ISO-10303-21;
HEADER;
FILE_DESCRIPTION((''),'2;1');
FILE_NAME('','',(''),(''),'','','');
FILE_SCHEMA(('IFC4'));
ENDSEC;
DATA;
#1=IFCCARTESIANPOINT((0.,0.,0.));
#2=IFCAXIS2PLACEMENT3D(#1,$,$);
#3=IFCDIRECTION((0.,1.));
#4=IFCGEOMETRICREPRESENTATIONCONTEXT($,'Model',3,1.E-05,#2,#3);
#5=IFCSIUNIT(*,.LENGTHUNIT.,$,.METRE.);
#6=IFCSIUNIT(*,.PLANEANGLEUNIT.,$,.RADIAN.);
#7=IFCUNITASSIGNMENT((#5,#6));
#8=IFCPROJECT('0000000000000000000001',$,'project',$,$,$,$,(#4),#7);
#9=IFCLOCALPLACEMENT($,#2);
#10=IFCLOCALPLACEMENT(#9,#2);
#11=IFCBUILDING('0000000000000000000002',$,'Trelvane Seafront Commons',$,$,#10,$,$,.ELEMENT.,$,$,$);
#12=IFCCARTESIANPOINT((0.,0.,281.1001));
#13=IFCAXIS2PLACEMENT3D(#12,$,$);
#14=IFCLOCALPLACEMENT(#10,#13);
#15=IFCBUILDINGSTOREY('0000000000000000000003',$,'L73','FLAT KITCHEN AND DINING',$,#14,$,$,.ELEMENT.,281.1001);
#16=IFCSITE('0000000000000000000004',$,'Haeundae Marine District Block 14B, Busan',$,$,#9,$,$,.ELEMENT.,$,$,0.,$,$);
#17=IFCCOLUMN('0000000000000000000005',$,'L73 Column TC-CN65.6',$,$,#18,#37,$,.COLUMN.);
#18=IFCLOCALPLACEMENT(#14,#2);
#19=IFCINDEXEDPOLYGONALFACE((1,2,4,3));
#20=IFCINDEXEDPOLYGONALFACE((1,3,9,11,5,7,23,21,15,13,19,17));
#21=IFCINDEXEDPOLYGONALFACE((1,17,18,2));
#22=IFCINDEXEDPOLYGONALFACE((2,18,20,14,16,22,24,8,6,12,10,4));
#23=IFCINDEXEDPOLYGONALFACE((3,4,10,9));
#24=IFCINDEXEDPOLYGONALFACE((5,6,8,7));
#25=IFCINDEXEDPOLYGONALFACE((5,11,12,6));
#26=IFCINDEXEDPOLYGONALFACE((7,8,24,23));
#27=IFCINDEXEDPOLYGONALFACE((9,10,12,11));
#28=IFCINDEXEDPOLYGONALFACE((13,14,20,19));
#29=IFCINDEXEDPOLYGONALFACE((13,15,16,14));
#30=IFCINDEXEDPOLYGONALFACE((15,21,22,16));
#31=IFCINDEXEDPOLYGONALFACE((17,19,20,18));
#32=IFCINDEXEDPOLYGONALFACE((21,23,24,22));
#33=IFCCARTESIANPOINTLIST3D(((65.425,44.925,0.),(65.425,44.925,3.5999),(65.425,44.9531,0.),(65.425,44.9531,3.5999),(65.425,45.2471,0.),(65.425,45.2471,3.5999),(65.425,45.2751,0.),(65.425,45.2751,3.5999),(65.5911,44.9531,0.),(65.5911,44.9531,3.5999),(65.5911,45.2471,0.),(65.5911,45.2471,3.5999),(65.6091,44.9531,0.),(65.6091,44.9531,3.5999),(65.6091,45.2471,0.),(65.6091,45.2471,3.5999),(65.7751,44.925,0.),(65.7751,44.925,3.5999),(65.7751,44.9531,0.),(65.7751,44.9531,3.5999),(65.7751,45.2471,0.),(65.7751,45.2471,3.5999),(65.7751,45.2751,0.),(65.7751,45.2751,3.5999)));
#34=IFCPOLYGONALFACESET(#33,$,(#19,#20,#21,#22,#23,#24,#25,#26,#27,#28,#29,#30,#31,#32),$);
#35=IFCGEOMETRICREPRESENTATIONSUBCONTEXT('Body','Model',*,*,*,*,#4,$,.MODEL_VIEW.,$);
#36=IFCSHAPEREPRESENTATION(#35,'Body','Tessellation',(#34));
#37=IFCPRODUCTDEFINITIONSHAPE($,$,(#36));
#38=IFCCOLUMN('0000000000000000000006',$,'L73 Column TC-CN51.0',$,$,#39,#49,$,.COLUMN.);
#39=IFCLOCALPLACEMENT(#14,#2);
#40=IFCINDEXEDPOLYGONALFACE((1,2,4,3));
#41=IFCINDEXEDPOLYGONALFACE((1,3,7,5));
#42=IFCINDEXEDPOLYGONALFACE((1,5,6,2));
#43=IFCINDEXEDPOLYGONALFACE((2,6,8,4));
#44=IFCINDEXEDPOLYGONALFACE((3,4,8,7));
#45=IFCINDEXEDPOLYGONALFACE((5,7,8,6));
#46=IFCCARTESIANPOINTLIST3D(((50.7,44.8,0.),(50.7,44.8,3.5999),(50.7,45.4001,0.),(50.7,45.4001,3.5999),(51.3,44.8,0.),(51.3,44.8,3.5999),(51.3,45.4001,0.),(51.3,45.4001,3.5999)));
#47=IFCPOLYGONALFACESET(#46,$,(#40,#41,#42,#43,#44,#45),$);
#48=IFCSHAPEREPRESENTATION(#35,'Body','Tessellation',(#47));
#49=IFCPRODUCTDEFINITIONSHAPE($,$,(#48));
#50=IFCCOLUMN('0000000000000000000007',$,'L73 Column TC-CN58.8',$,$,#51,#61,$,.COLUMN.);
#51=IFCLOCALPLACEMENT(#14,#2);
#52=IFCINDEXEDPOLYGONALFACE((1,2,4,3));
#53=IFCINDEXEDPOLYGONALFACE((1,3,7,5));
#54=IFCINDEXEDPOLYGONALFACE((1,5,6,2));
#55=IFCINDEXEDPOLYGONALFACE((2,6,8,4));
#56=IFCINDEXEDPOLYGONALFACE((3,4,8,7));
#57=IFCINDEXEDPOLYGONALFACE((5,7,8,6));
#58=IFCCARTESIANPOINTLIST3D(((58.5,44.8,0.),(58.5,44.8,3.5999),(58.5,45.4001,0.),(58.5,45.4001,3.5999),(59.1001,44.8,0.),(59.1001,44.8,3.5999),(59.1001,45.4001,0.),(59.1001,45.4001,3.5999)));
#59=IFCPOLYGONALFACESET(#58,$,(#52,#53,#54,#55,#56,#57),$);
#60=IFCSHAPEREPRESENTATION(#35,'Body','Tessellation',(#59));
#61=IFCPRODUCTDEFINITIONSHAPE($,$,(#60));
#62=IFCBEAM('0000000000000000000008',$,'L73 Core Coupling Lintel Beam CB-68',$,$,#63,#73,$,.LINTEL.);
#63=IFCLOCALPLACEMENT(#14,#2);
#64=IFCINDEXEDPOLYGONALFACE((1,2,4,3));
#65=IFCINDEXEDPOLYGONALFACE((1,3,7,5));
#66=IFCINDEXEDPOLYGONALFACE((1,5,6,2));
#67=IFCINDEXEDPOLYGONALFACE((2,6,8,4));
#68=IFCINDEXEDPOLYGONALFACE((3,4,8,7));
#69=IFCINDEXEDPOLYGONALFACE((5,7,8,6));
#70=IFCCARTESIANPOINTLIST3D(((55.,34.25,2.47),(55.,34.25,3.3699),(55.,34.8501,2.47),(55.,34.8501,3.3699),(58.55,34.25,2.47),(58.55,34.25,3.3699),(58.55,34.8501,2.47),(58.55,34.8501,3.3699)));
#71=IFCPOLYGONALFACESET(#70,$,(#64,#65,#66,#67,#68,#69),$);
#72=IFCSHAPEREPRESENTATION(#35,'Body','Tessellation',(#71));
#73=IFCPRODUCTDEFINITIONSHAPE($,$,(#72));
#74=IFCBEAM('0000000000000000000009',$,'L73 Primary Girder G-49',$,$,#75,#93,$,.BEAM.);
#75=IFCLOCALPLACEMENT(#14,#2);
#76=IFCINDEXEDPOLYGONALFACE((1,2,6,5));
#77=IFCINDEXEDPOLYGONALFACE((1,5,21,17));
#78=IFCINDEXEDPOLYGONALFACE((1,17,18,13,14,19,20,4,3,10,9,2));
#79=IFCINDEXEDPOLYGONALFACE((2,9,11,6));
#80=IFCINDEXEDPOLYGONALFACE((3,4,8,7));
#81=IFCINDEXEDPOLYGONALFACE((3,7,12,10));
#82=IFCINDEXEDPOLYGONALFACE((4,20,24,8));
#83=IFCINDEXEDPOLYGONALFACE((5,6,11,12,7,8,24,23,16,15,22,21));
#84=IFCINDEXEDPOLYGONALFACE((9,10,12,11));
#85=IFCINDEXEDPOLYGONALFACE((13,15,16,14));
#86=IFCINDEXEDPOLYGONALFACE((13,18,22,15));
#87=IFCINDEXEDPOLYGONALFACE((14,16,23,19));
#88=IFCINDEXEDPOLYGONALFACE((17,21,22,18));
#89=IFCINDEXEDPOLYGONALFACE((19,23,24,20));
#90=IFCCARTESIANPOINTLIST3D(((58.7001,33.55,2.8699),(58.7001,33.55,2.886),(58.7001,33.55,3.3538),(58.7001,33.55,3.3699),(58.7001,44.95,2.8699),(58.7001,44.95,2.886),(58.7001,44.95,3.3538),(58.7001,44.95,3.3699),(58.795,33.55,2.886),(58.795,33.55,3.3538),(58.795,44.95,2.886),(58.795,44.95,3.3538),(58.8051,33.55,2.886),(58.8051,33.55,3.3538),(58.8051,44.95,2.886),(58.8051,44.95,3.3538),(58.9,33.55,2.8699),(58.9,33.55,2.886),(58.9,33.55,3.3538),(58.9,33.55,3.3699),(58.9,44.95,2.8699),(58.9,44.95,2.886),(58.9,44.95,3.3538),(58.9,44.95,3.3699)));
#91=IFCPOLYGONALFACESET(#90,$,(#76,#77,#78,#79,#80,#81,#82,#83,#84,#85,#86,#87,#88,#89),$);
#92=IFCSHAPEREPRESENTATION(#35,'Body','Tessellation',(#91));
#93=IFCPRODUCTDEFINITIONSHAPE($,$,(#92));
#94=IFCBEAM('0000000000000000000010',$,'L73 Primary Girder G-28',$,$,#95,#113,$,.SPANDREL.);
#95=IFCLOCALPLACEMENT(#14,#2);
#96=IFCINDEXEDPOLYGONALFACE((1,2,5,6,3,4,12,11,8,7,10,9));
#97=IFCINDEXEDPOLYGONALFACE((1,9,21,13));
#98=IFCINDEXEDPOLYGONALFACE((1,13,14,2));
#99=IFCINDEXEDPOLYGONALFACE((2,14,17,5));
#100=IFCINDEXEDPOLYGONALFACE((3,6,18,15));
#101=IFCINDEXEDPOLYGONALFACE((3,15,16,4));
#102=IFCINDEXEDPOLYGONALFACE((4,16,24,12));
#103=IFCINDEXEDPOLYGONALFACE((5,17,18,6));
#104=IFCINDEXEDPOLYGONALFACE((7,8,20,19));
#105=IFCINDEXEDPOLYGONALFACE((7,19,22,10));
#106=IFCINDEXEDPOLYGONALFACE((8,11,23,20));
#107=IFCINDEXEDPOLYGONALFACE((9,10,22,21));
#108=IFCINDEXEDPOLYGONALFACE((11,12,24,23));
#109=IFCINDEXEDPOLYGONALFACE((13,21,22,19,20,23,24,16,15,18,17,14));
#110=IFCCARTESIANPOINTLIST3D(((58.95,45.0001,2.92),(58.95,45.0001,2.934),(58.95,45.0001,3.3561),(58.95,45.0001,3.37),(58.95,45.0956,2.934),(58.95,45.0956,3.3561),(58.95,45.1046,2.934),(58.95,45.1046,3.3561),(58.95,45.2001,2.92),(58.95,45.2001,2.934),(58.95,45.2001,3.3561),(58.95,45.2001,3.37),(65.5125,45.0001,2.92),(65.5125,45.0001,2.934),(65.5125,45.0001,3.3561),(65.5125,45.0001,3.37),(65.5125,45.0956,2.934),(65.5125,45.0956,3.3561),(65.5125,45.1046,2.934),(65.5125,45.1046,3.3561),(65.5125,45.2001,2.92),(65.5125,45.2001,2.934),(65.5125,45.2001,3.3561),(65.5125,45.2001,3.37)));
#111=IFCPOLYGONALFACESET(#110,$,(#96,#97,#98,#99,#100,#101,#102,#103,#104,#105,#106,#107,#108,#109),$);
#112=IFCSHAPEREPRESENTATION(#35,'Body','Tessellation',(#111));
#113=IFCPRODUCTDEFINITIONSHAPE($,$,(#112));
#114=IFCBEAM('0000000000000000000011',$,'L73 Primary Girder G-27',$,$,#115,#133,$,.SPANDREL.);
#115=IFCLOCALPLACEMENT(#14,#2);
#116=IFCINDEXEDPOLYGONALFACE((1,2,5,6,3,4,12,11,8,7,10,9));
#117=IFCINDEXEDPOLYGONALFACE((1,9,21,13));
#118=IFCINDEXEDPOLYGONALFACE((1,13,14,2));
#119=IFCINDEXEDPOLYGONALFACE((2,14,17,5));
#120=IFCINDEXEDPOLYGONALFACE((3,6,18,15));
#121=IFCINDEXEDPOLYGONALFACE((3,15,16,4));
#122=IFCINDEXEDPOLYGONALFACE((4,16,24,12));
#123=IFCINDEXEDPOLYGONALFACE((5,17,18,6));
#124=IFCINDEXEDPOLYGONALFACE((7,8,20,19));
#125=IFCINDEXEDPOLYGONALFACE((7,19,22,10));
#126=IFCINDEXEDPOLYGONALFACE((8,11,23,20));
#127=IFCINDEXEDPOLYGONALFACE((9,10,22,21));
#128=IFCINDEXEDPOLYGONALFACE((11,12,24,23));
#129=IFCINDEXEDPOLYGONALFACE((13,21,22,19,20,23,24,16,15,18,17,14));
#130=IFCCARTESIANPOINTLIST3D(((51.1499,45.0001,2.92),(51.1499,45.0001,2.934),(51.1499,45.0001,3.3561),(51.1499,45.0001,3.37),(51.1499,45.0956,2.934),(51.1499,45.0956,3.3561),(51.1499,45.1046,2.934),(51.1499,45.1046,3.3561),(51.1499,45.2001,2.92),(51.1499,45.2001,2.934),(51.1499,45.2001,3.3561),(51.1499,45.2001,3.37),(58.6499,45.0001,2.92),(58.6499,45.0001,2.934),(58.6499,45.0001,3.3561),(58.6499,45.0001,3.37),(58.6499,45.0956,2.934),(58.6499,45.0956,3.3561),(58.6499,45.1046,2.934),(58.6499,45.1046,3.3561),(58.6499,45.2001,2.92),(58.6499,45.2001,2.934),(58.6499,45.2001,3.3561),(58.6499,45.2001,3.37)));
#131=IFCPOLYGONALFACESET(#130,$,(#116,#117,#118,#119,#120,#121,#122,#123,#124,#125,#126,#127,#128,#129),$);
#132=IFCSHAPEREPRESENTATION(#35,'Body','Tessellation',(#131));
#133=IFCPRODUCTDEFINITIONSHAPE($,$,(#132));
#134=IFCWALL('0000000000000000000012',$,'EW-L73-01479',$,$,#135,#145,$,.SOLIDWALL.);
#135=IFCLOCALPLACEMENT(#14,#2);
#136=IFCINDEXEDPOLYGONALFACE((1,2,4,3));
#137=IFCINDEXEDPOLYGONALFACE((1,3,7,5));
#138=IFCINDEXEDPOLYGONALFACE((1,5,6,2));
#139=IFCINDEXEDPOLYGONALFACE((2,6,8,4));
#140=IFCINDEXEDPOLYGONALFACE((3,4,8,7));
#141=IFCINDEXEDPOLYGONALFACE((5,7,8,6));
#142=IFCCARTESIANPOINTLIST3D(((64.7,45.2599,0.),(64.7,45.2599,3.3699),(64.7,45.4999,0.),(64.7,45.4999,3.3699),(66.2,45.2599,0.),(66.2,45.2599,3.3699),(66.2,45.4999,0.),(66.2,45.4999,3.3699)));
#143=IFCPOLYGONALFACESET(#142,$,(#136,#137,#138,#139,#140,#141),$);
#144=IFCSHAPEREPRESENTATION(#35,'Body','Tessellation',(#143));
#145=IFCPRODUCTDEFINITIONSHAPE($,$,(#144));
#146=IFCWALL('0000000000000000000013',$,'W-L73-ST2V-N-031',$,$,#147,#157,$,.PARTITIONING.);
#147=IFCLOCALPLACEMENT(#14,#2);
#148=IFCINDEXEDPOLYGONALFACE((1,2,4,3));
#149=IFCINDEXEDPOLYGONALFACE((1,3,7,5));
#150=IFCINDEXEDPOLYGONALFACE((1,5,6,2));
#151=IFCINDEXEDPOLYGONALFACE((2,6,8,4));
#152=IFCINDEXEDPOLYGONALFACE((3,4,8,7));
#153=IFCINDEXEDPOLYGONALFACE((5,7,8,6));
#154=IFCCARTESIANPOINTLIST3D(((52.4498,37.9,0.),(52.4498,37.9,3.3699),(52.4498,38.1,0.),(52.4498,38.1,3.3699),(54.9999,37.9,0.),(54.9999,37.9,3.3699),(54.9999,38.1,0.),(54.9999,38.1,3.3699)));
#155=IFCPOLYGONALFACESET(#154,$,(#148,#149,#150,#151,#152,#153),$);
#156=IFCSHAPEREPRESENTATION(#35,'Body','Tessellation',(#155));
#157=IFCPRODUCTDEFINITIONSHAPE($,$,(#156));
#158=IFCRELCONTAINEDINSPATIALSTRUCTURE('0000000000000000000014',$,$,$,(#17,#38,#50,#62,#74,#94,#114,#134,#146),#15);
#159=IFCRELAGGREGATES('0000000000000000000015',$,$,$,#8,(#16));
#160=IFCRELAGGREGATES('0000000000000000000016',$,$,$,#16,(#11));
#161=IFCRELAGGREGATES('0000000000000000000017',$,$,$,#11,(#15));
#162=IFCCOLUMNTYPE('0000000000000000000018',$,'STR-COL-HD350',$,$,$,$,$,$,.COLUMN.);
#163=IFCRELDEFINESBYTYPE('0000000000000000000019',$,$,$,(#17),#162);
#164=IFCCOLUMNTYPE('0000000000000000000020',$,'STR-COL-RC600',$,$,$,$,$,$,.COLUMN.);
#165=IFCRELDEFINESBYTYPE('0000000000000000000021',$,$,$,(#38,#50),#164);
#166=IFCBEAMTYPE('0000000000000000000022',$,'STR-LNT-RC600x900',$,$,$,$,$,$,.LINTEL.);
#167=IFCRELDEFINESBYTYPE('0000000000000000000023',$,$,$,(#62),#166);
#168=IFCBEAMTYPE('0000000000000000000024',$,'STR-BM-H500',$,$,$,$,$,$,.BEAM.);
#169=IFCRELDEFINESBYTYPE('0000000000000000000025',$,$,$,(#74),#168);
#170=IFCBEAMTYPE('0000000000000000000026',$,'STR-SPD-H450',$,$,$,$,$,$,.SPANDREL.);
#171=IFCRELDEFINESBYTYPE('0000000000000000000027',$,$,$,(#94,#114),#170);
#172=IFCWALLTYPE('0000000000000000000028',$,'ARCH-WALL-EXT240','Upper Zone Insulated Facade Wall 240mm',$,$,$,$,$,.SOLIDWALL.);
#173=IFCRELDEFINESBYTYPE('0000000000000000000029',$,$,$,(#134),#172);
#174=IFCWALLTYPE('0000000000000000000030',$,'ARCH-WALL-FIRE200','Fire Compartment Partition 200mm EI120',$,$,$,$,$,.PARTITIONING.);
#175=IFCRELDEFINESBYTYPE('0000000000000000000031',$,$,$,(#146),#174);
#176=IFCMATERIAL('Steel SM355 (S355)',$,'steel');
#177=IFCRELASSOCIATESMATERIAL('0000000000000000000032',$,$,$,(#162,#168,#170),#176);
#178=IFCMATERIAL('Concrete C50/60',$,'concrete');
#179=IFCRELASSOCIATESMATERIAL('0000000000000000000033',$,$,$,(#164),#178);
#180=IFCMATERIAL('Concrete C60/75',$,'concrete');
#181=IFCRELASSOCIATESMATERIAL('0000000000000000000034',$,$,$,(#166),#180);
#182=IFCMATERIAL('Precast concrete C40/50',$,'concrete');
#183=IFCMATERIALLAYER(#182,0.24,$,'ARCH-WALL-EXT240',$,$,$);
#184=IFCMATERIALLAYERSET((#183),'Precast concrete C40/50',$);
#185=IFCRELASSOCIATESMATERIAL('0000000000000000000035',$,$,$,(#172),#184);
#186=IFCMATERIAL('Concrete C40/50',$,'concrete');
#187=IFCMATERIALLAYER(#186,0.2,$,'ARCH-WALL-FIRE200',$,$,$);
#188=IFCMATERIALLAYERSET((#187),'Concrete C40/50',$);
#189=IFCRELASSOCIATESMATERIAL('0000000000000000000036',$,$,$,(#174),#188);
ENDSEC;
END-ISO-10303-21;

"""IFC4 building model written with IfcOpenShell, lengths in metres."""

from ifc_helpers import new_model, si_unit, direction, frame, frame_2d, origin, origin_2d, place, context, subcontext, project, spatial, rectangle, i_section, extrude, source, transform, mapped, material, layer, layer_set, material_profile, profile_set, type_object, element, save


model = new_model("IFC4")

# Units and contexts
model_context = context("Model", 3, precision=1e-05, world=origin(), true_north=direction((0.0, 1.0)))
body_context = subcontext(model_context, "Body", "Model", "MODEL_VIEW")
ifc_project = project(units=[si_unit("LENGTHUNIT", "METRE"), si_unit("PLANEANGLEUNIT", "RADIAN")], contexts=[model_context])

# Site, building, storey
site_placement = place(None, origin())
site = spatial("IfcSite", under=ifc_project, at=site_placement, Name="Haeundae Marine District Block 14B, Busan", CompositionType="ELEMENT", RefElevation=0.0)
building_placement = place(site_placement, origin())
building = spatial("IfcBuilding", under=site, at=building_placement, Name="Trelvane Seafront Commons", CompositionType="ELEMENT")
storey_placement = place(building_placement, frame((0.0, 0.0, 281.1001)))
storey = spatial("IfcBuildingStorey", under=building, at=storey_placement, Name="L73", Description="FLAT KITCHEN AND DINING", CompositionType="ELEMENT", Elevation=281.1001)

# Columns
ifc_material_1 = material(Name="Steel SM355 (S355)", Category="steel")
ifc_material_profile_1 = material_profile(ifc_material_1, i_section(OverallWidth=0.3501, OverallDepth=0.3501, WebThickness=0.0181, FlangeThickness=0.0281, at=origin_2d()), Name="HD-350x350x18x28")
ifc_profile_set_1 = profile_set([ifc_material_profile_1], Name="Steel SM355 (S355)")
column_type_1 = type_object("IfcColumnType", Name="STR-COL-HD350", PredefinedType="COLUMN", material=ifc_profile_set_1)
shared_shape_1 = source(origin(), body_context, "Body", "SweptSolid", [
    extrude(i_section(OverallWidth=0.3501, OverallDepth=0.3501, WebThickness=0.0181, FlangeThickness=0.0281, at=origin_2d()), origin(), (0.0, 0.0, 1.0), 3.5999),
])
column_placement = place(storey_placement, frame((65.6001, 45.1001, 0.0), z_axis=(0.0, 0.0, 1.0), x_axis=(1.0, 0.0, 0.0)))
element("IfcColumn", 1, at=column_placement, inside=storey, type_object=column_type_1, Name="L73 Column TC-CN65.6", PredefinedType="COLUMN", context=body_context, shape_type="MappedRepresentation", body=[
    mapped(shared_shape_1, transform((0.0, 0.0, 0.0), x_axis=(1.0, 0.0, 0.0), y_axis=(0.0, 1.0, 0.0), z_axis=(0.0, 0.0, 1.0), scale=1.0)),
])
ifc_material_2 = material(Name="Concrete C50/60", Category="concrete")
ifc_material_profile_2 = material_profile(ifc_material_2, rectangle(XDim=0.6001, YDim=0.6001, at=origin_2d()), Name="RC-600x600")
ifc_profile_set_2 = profile_set([ifc_material_profile_2], Name="Concrete C50/60")
column_type_2 = type_object("IfcColumnType", Name="STR-COL-RC600", PredefinedType="COLUMN", material=ifc_profile_set_2)
shared_shape_2 = source(origin(), body_context, "Body", "SweptSolid", [
    extrude(rectangle(XDim=0.6001, YDim=0.6001, at=origin_2d()), origin(), (0.0, 0.0, 1.0), 3.5999),
])
for number, where, z_axis, x_axis, name in (
    (2, (51.0, 45.1001, 0.0), (0.0, 0.0, 1.0), (1.0, 0.0, 0.0), "L73 Column TC-CN51.0"),
    (3, (58.8, 45.1001, 0.0), (0.0, 0.0, 1.0), (1.0, 0.0, 0.0), "L73 Column TC-CN58.8"),
):
    element("IfcColumn", number, at=place(storey_placement, frame(where, z_axis=z_axis, x_axis=x_axis)), inside=storey, type_object=column_type_2, Name=name, PredefinedType="COLUMN", context=body_context, shape_type="MappedRepresentation", body=[
        mapped(shared_shape_2, transform((0.0, 0.0, 0.0), x_axis=(1.0, 0.0, 0.0), y_axis=(0.0, 1.0, 0.0), z_axis=(0.0, 0.0, 1.0), scale=1.0)),
    ])

# Beams
ifc_material_3 = material(Name="Concrete C60/75", Category="concrete")
ifc_material_profile_3 = material_profile(ifc_material_3, rectangle(XDim=0.6001, YDim=0.8999, at=origin_2d()), Name="RC-600x900")
ifc_profile_set_3 = profile_set([ifc_material_profile_3], Name="Concrete C60/75")
beam_type_1 = type_object("IfcBeamType", Name="STR-LNT-RC600x900", PredefinedType="LINTEL", material=ifc_profile_set_3)
shared_shape_3 = source(origin(), body_context, "Body", "SweptSolid", [
    extrude(rectangle(XDim=0.6001, YDim=0.8999, at=origin_2d()), origin(), (0.0, 0.0, 1.0), 3.55),
])
beam_1_placement = place(storey_placement, frame((55.0, 34.55, 2.9199), z_axis=(1.0, 0.0, 0.0), x_axis=(0.0, 1.0, 0.0)))
element("IfcBeam", 4, at=beam_1_placement, inside=storey, type_object=beam_type_1, Name="L73 Core Coupling Lintel Beam CB-68", PredefinedType="LINTEL", context=body_context, shape_type="MappedRepresentation", body=[
    mapped(shared_shape_3, transform((0.0, 0.0, 0.0), x_axis=(1.0, 0.0, 0.0), y_axis=(0.0, 1.0, 0.0), z_axis=(0.0, 0.0, 1.0), scale=1.0)),
])
ifc_material_profile_4 = material_profile(ifc_material_1, i_section(OverallWidth=0.2, OverallDepth=0.5, WebThickness=0.01, FlangeThickness=0.0161, at=origin_2d()), Name="H-500x200x10x16")
ifc_profile_set_4 = profile_set([ifc_material_profile_4], Name="Steel SM355 (S355)")
beam_type_2 = type_object("IfcBeamType", Name="STR-BM-H500", PredefinedType="BEAM", material=ifc_profile_set_4)
shared_shape_4 = source(origin(), body_context, "Body", "SweptSolid", [
    extrude(i_section(OverallWidth=0.2, OverallDepth=0.5, WebThickness=0.01, FlangeThickness=0.0161, at=origin_2d()), origin(), (0.0, 0.0, 1.0), 11.3999),
])
beam_2_placement = place(storey_placement, frame((58.8, 33.55, 3.1199), z_axis=(0.0, 1.0, 0.0), x_axis=(-1.0, 0.0, 0.0)))
element("IfcBeam", 5, at=beam_2_placement, inside=storey, type_object=beam_type_2, Name="L73 Primary Girder G-49", PredefinedType="BEAM", context=body_context, shape_type="MappedRepresentation", body=[
    mapped(shared_shape_4, transform((0.0, 0.0, 0.0), x_axis=(1.0, 0.0, 0.0), y_axis=(0.0, 1.0, 0.0), z_axis=(0.0, 0.0, 1.0), scale=1.0)),
])
ifc_material_profile_5 = material_profile(ifc_material_1, i_section(OverallWidth=0.2, OverallDepth=0.45, WebThickness=0.009, FlangeThickness=0.0139, at=origin_2d()), Name="H-450x200x9x14")
ifc_profile_set_5 = profile_set([ifc_material_profile_5], Name="Steel SM355 (S355)")
beam_type_3 = type_object("IfcBeamType", Name="STR-SPD-H450", PredefinedType="SPANDREL", material=ifc_profile_set_5)
shared_shape_5 = source(origin(), body_context, "Body", "SweptSolid", [
    extrude(i_section(OverallWidth=0.2, OverallDepth=0.45, WebThickness=0.009, FlangeThickness=0.0139, at=origin_2d()), origin(), (0.0, 0.0, 1.0), 6.5625),
])
beam_3_placement = place(storey_placement, frame((58.95, 45.1001, 3.145), z_axis=(1.0, 0.0, 0.0), x_axis=(0.0, 1.0, 0.0)))
element("IfcBeam", 6, at=beam_3_placement, inside=storey, type_object=beam_type_3, Name="L73 Primary Girder G-28", PredefinedType="SPANDREL", context=body_context, shape_type="MappedRepresentation", body=[
    mapped(shared_shape_5, transform((0.0, 0.0, 0.0), x_axis=(1.0, 0.0, 0.0), y_axis=(0.0, 1.0, 0.0), z_axis=(0.0, 0.0, 1.0), scale=1.0)),
])
shared_shape_6 = source(origin(), body_context, "Body", "SweptSolid", [
    extrude(i_section(OverallWidth=0.2, OverallDepth=0.45, WebThickness=0.009, FlangeThickness=0.0139, at=origin_2d()), origin(), (0.0, 0.0, 1.0), 7.5),
])
beam_4_placement = place(storey_placement, frame((51.1499, 45.1001, 3.145), z_axis=(1.0, 0.0, 0.0), x_axis=(0.0, 1.0, 0.0)))
element("IfcBeam", 7, at=beam_4_placement, inside=storey, type_object=beam_type_3, Name="L73 Primary Girder G-27", PredefinedType="SPANDREL", context=body_context, shape_type="MappedRepresentation", body=[
    mapped(shared_shape_6, transform((0.0, 0.0, 0.0), x_axis=(1.0, 0.0, 0.0), y_axis=(0.0, 1.0, 0.0), z_axis=(0.0, 0.0, 1.0), scale=1.0)),
])

# Walls
ifc_material_4 = material(Name="Precast concrete C40/50", Category="concrete")
ifc_layer_1 = layer(ifc_material_4, 0.24, Name="ARCH-WALL-EXT240")
ifc_layer_set_1 = layer_set([ifc_layer_1], Name="Precast concrete C40/50")
wall_type_1 = type_object("IfcWallType", Name="ARCH-WALL-EXT240", Description="Upper Zone Insulated Facade Wall 240mm", PredefinedType="SOLIDWALL", material=ifc_layer_set_1)
wall_1_placement = place(storey_placement, frame((64.7, 45.3799, 0.0), z_axis=(0.0, 0.0, 1.0), x_axis=(1.0, 0.0, 0.0)))
element("IfcWall", 8, at=wall_1_placement, inside=storey, type_object=wall_type_1, Name="EW-L73-01479", PredefinedType="SOLIDWALL", context=body_context, shape_type="SweptSolid", body=[
    extrude(rectangle(XDim=1.5, YDim=0.24, at=frame_2d((0.75, 0.0))), origin(), (0.0, 0.0, 1.0), 3.3699),
])
ifc_material_5 = material(Name="Concrete C40/50", Category="concrete")
ifc_layer_2 = layer(ifc_material_5, 0.2, Name="ARCH-WALL-FIRE200")
ifc_layer_set_2 = layer_set([ifc_layer_2], Name="Concrete C40/50")
wall_type_2 = type_object("IfcWallType", Name="ARCH-WALL-FIRE200", Description="Fire Compartment Partition 200mm EI120", PredefinedType="PARTITIONING", material=ifc_layer_set_2)
wall_2_placement = place(storey_placement, frame((52.45, 38.0, 0.0), z_axis=(0.0, 0.0, 1.0), x_axis=(1.0, 0.0, 0.0)))
element("IfcWall", 9, at=wall_2_placement, inside=storey, type_object=wall_type_2, Name="W-L73-ST2V-N-031", PredefinedType="PARTITIONING", context=body_context, shape_type="SweptSolid", body=[
    extrude(rectangle(XDim=2.55, YDim=0.2, at=frame_2d((1.2749, 0.0))), origin(), (0.0, 0.0, 1.0), 3.3699),
])

save(model, "model.ifc")
